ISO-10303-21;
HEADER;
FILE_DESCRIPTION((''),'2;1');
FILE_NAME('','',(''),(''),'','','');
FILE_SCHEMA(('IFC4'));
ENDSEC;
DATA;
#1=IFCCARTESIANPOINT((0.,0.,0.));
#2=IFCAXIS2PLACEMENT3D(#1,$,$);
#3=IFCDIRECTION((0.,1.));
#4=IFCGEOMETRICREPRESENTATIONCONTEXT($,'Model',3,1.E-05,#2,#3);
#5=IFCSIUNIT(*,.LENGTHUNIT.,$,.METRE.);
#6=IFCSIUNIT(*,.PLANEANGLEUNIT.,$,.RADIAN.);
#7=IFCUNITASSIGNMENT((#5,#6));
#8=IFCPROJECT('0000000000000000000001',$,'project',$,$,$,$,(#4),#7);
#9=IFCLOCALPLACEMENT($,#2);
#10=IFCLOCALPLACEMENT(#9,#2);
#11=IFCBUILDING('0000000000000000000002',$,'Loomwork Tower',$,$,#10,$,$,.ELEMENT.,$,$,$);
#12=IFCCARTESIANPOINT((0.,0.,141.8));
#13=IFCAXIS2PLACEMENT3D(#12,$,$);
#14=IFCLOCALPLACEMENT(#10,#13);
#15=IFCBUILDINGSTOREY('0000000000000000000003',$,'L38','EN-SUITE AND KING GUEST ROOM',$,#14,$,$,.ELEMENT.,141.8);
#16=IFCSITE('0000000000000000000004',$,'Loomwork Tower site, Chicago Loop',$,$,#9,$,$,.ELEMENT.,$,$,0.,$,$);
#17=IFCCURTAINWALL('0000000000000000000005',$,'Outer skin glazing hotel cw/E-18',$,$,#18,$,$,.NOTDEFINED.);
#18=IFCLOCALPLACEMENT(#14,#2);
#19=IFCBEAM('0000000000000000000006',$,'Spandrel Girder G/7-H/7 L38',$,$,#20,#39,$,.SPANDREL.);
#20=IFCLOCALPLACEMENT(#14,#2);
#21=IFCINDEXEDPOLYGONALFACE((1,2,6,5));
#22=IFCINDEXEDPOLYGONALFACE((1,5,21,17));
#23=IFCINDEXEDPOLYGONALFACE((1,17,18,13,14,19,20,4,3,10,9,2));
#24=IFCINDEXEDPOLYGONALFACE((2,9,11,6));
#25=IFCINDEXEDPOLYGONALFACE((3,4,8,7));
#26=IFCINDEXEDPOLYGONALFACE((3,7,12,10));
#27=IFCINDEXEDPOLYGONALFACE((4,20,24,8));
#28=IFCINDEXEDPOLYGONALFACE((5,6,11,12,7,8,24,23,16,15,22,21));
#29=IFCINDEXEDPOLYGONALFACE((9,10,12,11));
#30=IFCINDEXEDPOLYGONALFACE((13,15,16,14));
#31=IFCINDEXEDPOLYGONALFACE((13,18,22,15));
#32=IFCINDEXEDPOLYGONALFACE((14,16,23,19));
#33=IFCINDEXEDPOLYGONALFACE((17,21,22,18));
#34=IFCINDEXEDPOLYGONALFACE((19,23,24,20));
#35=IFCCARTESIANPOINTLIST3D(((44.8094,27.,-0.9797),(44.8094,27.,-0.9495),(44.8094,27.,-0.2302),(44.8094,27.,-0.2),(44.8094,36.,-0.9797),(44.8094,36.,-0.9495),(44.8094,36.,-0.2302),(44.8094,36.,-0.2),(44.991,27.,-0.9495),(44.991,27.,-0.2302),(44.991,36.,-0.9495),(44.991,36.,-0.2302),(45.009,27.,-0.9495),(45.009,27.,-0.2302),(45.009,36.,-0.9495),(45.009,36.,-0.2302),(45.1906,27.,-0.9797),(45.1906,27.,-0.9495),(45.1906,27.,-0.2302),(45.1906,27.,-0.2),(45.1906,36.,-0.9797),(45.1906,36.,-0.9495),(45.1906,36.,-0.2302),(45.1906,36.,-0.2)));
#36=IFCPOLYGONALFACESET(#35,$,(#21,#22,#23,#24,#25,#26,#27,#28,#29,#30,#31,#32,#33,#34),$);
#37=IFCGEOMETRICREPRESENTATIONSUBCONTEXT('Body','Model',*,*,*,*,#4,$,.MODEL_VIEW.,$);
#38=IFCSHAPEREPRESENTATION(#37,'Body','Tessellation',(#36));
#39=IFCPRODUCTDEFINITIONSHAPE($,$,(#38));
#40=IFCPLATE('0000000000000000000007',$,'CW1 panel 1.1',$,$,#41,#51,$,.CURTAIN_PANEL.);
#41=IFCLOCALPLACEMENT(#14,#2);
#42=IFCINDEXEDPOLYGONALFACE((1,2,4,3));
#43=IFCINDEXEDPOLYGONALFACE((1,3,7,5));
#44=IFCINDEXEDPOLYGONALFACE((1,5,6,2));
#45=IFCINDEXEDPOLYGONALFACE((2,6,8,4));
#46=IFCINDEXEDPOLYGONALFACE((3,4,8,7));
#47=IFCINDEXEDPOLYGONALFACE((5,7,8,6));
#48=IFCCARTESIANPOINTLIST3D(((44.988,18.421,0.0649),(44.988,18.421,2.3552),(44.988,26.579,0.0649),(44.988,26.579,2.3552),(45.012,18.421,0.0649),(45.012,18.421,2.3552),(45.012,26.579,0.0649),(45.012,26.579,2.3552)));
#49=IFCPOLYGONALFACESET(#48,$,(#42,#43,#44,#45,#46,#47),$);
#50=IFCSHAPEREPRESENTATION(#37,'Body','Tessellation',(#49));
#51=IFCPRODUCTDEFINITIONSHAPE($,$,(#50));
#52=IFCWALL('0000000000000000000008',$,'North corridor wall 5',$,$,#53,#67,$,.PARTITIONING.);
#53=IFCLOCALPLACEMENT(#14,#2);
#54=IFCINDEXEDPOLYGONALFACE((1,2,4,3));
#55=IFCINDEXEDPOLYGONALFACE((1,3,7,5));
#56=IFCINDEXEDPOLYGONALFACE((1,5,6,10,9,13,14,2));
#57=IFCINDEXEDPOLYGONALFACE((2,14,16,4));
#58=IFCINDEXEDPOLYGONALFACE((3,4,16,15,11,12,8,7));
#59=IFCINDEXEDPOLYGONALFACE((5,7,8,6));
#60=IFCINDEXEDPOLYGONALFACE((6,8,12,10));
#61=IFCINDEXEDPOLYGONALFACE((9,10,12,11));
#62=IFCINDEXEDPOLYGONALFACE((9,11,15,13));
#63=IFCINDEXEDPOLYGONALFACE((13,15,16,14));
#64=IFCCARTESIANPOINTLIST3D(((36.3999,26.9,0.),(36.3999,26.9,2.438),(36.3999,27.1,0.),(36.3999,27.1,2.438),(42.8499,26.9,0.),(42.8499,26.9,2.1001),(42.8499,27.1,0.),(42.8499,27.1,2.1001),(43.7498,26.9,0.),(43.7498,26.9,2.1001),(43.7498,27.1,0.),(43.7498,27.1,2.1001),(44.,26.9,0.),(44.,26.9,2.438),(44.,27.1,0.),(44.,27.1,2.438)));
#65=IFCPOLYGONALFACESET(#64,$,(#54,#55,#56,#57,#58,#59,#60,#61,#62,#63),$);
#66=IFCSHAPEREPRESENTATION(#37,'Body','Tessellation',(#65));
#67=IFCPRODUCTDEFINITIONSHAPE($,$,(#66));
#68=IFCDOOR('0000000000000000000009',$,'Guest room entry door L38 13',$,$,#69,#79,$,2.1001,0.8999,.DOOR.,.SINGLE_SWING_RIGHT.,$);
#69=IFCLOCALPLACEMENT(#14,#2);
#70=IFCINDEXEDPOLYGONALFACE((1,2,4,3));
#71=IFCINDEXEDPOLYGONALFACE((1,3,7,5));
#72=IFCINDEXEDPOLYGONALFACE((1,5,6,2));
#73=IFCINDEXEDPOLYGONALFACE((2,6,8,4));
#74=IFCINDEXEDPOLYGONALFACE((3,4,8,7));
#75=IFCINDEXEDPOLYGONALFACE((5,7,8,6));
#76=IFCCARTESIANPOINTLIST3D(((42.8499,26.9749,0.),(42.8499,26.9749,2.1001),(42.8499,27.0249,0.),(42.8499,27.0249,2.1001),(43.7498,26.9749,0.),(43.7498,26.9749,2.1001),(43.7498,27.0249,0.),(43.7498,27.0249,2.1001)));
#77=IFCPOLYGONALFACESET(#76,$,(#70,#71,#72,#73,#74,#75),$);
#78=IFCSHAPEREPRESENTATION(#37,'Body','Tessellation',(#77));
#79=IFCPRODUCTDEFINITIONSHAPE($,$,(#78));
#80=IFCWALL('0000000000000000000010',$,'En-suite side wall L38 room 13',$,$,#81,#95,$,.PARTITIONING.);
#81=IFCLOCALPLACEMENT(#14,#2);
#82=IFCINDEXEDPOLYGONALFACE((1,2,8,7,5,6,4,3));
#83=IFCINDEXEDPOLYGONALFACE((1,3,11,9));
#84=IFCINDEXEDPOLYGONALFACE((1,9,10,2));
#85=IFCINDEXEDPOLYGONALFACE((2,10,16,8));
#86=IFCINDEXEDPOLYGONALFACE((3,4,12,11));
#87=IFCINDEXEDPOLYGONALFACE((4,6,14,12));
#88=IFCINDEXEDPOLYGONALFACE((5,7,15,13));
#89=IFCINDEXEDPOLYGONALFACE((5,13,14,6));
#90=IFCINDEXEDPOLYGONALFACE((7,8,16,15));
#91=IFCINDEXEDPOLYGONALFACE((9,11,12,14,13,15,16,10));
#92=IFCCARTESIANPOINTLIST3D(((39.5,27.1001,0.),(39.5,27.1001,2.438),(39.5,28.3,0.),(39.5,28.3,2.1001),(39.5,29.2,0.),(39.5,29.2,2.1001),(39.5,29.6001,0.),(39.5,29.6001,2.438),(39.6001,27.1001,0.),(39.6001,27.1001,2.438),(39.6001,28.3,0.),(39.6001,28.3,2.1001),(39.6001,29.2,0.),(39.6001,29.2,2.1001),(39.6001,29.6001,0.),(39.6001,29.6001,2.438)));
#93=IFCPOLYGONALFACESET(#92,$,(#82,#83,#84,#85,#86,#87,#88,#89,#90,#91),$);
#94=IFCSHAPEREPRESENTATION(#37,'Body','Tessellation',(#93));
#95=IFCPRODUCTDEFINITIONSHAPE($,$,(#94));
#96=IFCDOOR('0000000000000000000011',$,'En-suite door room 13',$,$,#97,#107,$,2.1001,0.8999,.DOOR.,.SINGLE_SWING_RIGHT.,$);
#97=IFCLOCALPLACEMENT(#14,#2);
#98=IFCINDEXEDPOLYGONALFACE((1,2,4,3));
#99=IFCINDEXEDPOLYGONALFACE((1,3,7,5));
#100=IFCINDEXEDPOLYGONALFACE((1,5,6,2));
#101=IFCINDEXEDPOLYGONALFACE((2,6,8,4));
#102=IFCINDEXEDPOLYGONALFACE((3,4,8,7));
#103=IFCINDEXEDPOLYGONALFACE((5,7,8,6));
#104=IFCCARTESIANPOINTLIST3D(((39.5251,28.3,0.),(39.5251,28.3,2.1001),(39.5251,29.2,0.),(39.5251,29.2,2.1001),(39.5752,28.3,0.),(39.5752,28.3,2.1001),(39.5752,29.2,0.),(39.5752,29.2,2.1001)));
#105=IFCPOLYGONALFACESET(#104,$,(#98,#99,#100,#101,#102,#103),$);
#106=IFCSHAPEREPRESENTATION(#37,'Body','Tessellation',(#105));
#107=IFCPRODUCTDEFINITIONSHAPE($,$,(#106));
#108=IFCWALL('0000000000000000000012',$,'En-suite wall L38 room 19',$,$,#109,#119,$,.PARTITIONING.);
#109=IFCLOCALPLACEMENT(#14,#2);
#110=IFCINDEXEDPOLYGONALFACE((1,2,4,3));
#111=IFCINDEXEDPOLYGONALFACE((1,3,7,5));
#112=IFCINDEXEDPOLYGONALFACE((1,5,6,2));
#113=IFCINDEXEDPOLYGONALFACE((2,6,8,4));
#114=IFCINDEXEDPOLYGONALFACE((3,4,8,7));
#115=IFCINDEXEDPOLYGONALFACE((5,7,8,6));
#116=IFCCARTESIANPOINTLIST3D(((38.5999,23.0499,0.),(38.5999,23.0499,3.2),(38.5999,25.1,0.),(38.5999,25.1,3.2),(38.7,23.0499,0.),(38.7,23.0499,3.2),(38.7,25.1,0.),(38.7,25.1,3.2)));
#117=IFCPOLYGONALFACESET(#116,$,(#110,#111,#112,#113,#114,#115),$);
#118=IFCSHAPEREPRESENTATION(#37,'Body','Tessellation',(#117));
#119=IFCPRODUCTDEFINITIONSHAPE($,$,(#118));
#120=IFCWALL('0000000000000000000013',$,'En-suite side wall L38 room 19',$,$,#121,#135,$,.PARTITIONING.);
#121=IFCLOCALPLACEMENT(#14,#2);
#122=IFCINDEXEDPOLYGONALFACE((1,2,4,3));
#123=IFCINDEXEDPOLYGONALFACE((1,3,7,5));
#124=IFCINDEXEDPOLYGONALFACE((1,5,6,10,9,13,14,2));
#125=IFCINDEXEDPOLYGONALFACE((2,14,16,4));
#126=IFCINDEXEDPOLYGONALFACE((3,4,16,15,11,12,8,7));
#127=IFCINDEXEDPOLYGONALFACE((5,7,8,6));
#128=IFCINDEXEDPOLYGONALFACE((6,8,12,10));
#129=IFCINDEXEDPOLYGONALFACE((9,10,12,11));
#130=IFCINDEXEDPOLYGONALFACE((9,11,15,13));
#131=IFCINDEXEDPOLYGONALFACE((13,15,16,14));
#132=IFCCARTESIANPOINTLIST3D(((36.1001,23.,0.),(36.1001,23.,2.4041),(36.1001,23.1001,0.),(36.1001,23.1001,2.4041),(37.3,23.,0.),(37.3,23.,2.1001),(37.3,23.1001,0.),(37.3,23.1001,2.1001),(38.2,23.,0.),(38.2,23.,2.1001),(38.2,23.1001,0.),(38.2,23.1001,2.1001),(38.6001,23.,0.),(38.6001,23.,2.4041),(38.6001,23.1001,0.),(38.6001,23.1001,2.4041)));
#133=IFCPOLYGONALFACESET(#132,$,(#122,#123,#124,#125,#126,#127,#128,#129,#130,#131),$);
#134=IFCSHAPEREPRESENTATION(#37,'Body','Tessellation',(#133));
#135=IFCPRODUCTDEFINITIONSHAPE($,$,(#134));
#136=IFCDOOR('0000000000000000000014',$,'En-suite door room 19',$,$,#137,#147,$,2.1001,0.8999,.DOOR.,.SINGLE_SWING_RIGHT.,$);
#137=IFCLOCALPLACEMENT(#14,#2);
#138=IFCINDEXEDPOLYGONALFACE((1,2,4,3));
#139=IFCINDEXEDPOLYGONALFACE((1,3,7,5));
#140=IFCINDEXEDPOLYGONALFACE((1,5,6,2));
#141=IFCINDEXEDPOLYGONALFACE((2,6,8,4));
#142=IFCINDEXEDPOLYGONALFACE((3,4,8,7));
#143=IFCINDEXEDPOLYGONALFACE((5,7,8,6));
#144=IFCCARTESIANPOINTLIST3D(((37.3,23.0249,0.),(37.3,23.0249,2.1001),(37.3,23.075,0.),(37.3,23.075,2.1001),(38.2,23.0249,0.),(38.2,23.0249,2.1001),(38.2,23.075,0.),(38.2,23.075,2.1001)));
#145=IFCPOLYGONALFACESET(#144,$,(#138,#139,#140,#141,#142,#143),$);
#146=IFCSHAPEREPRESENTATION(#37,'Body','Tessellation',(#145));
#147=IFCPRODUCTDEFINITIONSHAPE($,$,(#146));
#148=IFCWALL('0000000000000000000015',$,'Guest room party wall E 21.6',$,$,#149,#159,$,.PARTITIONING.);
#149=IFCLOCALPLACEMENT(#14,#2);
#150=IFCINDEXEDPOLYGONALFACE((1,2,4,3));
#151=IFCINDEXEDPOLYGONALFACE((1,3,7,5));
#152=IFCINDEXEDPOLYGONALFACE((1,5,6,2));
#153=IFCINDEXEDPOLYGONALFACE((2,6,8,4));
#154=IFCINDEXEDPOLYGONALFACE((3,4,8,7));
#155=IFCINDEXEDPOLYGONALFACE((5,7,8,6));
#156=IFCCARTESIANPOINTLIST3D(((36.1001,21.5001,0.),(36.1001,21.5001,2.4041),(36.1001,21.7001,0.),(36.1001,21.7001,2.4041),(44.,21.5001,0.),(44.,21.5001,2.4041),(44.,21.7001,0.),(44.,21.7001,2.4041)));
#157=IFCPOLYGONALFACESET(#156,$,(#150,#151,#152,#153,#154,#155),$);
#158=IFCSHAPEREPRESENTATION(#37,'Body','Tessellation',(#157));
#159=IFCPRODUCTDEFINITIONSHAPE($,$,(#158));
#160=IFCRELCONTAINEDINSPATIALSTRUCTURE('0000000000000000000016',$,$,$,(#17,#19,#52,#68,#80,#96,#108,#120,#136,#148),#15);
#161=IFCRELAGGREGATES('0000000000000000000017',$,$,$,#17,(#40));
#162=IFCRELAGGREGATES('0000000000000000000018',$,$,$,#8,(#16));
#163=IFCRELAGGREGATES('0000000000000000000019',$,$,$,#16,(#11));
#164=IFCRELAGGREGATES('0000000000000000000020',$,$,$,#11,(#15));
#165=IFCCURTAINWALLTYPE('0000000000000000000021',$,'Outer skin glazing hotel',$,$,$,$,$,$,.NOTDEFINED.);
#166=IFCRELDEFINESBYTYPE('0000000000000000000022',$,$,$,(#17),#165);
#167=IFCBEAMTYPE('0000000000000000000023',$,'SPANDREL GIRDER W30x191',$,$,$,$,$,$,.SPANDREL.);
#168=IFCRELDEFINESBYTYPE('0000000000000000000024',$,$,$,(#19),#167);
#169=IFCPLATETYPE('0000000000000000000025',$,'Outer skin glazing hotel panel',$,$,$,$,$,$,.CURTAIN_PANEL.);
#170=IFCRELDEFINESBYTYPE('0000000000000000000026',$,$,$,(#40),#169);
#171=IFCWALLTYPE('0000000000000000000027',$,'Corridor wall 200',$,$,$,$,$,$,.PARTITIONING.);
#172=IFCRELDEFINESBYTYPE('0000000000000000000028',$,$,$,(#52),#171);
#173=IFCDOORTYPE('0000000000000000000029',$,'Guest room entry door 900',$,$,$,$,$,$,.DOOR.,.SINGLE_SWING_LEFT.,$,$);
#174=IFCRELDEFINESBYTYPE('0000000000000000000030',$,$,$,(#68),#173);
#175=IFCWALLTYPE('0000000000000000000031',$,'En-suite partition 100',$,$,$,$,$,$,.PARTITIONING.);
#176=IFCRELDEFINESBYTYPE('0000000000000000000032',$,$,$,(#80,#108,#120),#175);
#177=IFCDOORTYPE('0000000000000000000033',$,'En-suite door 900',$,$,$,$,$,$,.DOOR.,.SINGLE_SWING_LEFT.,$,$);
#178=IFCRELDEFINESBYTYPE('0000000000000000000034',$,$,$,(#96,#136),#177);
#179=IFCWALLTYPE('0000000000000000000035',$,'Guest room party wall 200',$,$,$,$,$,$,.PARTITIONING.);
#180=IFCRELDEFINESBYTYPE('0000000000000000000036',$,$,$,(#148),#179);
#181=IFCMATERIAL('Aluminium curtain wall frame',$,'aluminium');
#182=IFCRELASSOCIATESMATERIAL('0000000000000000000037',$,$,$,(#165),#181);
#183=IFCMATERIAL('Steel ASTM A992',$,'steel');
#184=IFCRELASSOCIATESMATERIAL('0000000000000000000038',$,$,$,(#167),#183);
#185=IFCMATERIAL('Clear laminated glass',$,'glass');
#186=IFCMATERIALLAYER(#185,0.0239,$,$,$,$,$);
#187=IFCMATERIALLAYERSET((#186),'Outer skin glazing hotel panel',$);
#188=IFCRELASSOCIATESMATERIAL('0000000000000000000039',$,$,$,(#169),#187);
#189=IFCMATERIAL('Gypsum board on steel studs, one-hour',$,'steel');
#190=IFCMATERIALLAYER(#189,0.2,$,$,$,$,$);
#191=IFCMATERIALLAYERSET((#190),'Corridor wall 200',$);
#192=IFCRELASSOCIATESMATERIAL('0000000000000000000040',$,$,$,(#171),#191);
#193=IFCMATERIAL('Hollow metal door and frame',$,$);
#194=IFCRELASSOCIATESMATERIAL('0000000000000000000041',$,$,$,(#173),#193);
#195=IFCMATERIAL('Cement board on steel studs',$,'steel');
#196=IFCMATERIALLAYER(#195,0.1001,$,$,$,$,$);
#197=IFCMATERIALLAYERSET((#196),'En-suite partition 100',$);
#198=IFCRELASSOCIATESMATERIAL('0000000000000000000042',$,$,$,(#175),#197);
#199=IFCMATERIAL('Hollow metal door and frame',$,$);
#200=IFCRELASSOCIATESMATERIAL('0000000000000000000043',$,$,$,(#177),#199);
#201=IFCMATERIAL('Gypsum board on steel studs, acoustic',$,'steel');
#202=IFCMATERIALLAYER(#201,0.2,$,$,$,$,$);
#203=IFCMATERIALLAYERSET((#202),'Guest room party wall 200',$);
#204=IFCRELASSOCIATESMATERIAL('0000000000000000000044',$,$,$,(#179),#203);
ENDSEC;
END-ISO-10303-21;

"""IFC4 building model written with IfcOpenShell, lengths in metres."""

from ifc_helpers import new_model, si_unit, direction, frame, frame_2d, origin, origin_2d, place, context, subcontext, project, spatial, rectangle, i_section, extrude, material, layer, layer_set, material_profile, profile_set, type_object, element, fill, aggregate, save


model = new_model("IFC4")

# Units and contexts
model_context = context("Model", 3, precision=1e-05, world=origin(), true_north=direction((0.0, 1.0)))
body_context = subcontext(model_context, "Body", "Model", "MODEL_VIEW")
ifc_project = project(units=[si_unit("LENGTHUNIT", "METRE"), si_unit("PLANEANGLEUNIT", "RADIAN")], contexts=[model_context])

# Site, building, storey
site_placement = place(None, origin())
site = spatial("IfcSite", under=ifc_project, at=site_placement, Name="Loomwork Tower site, Chicago Loop", CompositionType="ELEMENT", RefElevation=0.0)
building_placement = place(site_placement, origin())
building = spatial("IfcBuilding", under=site, at=building_placement, Name="Loomwork Tower", CompositionType="ELEMENT")
storey_placement = place(building_placement, frame((0.0, 0.0, 141.8)))
storey = spatial("IfcBuildingStorey", under=building, at=storey_placement, Name="L38", Description="EN-SUITE AND KING GUEST ROOM", CompositionType="ELEMENT", Elevation=141.8)

# Curtain wall
ifc_material_1 = material(Name="Aluminium curtain wall frame", Category="aluminium")
curtain_wall_type = type_object("IfcCurtainWallType", Name="Outer skin glazing hotel", PredefinedType="NOTDEFINED", material=ifc_material_1)
curtain_wall_1_placement = place(storey_placement, origin())
curtain_wall_1 = element("IfcCurtainWall", 1, at=curtain_wall_1_placement, inside=storey, type_object=curtain_wall_type, Name="Outer skin glazing hotel cw/E-18", PredefinedType="NOTDEFINED")

# Beam
ifc_material_2 = material(Name="Steel ASTM A992", Category="steel")
ifc_material_profile_1 = material_profile(ifc_material_2, i_section(OverallWidth=0.3811, OverallDepth=0.7798, WebThickness=0.0181, FlangeThickness=0.0303, at=origin_2d()), Name="W30x191")
ifc_profile_set_1 = profile_set([ifc_material_profile_1], Name="Steel ASTM A992")
beam_type_1 = type_object("IfcBeamType", Name="SPANDREL GIRDER W30x191", PredefinedType="SPANDREL", material=ifc_profile_set_1)
beam_1_placement = place(storey_placement, frame((45.0, 27.0, -0.5898), z_axis=(0.0, 1.0, 0.0), x_axis=(-1.0, 0.0, 0.0)))
element("IfcBeam", 2, at=beam_1_placement, inside=storey, type_object=beam_type_1, Name="Spandrel Girder G/7-H/7 L38", PredefinedType="SPANDREL", context=body_context, shape_type="SweptSolid", body=[
    extrude(i_section(OverallWidth=0.3811, OverallDepth=0.7798, WebThickness=0.0181, FlangeThickness=0.0303, at=origin_2d()), origin(), (0.0, 0.0, 1.0), 9.0),
])

# Plate
ifc_material_3 = material(Name="Clear laminated glass", Category="glass")
ifc_layer_1 = layer(ifc_material_3, 0.0239)
ifc_layer_set_1 = layer_set([ifc_layer_1], Name="Outer skin glazing hotel panel")
plate_type = type_object("IfcPlateType", Name="Outer skin glazing hotel panel", PredefinedType="CURTAIN_PANEL", material=ifc_layer_set_1)
plate_placement = place(storey_placement, frame((45.0, 22.5, 0.0649), z_axis=(0.0, 0.0, 1.0), x_axis=(0.0, 1.0, 0.0)))
plate = element("IfcPlate", 3, at=plate_placement, type_object=plate_type, Name="CW1 panel 1.1", PredefinedType="CURTAIN_PANEL", context=body_context, shape_type="SweptSolid", body=[
    extrude(rectangle(XDim=8.158, YDim=0.0239, at=origin_2d()), origin(), (0.0, 0.0, 1.0), 2.2903),
])
aggregate(curtain_wall_1, [plate])

# Walls, openings, doors
ifc_material_4 = material(Name="Gypsum board on steel studs, one-hour", Category="steel")
ifc_layer_2 = layer(ifc_material_4, 0.2)
ifc_layer_set_2 = layer_set([ifc_layer_2], Name="Corridor wall 200")
wall_type_1 = type_object("IfcWallType", Name="Corridor wall 200", PredefinedType="PARTITIONING", material=ifc_layer_set_2)
wall_1_placement = place(storey_placement, frame((36.3999, 27.0, 0.0), z_axis=(0.0, 0.0, 1.0), x_axis=(1.0, 0.0, 0.0)))
wall_1 = element("IfcWall", 4, at=wall_1_placement, inside=storey, type_object=wall_type_1, Name="North corridor wall 5", PredefinedType="PARTITIONING", context=body_context, shape_type="SweptSolid", body=[
    extrude(rectangle(XDim=7.6001, YDim=0.2, at=frame_2d((3.8, 0.0))), origin(), (0.0, 0.0, 1.0), 2.438),
])
opening_1_placement = place(wall_1_placement, frame((6.45, 0.0, 0.0)))
opening_1 = element("IfcOpeningElement", 5, at=opening_1_placement, cuts=wall_1, PredefinedType="OPENING", context=body_context, shape_type="SweptSolid", body=[
    extrude(rectangle(XDim=0.8999, YDim=2.1001, at=frame_2d((0.45, 1.05))), frame((0.0, 0.1099, 0.0), z_axis=(0.0, -1.0, 0.0), x_axis=(1.0, 0.0, 0.0)), (0.0, 0.0, 1.0), 0.22),
])
ifc_material_5 = material(Name="Hollow metal door and frame")
door_type_1 = type_object("IfcDoorType", Name="Guest room entry door 900", OperationType="SINGLE_SWING_LEFT", PredefinedType="DOOR", material=ifc_material_5)
door_1_placement = place(opening_1_placement, origin())
door_1 = element("IfcDoor", 6, at=door_1_placement, inside=storey, type_object=door_type_1, Name="Guest room entry door L38 13", OperationType="SINGLE_SWING_RIGHT", OverallHeight=2.1001, OverallWidth=0.8999, PredefinedType="DOOR", context=body_context, shape_type="SweptSolid", body=[
    extrude(rectangle(XDim=0.8999, YDim=2.1001, at=frame_2d((0.45, 1.05))), frame((0.0, 0.0249, 0.0), z_axis=(0.0, -1.0, 0.0), x_axis=(1.0, 0.0, 0.0)), (0.0, 0.0, 1.0), 0.05),
])
fill(opening_1, door_1)
ifc_material_6 = material(Name="Cement board on steel studs", Category="steel")
ifc_layer_3 = layer(ifc_material_6, 0.1001)
ifc_layer_set_3 = layer_set([ifc_layer_3], Name="En-suite partition 100")
wall_type_2 = type_object("IfcWallType", Name="En-suite partition 100", PredefinedType="PARTITIONING", material=ifc_layer_set_3)
wall_2_placement = place(storey_placement, frame((39.55, 27.1001, 0.0), z_axis=(0.0, 0.0, 1.0), x_axis=(0.0, 1.0, 0.0)))
wall_2 = element("IfcWall", 7, at=wall_2_placement, inside=storey, type_object=wall_type_2, Name="En-suite side wall L38 room 13", PredefinedType="PARTITIONING", context=body_context, shape_type="SweptSolid", body=[
    extrude(rectangle(XDim=2.5, YDim=0.1001, at=frame_2d((1.25, 0.0))), origin(), (0.0, 0.0, 1.0), 2.438),
])
opening_2_placement = place(wall_2_placement, frame((1.2, 0.0, 0.0)))
opening_2 = element("IfcOpeningElement", 8, at=opening_2_placement, cuts=wall_2, PredefinedType="OPENING", context=body_context, shape_type="SweptSolid", body=[
    extrude(rectangle(XDim=0.8999, YDim=2.1001, at=frame_2d((0.45, 1.05))), frame((0.0, 0.0601, 0.0), z_axis=(0.0, -1.0, 0.0), x_axis=(1.0, 0.0, 0.0)), (0.0, 0.0, 1.0), 0.1201),
])
ifc_material_7 = material(Name="Hollow metal door and frame")
door_type_2 = type_object("IfcDoorType", Name="En-suite door 900", OperationType="SINGLE_SWING_LEFT", PredefinedType="DOOR", material=ifc_material_7)
door_2_placement = place(opening_2_placement, origin())
door_2 = element("IfcDoor", 9, at=door_2_placement, inside=storey, type_object=door_type_2, Name="En-suite door room 13", OperationType="SINGLE_SWING_RIGHT", OverallHeight=2.1001, OverallWidth=0.8999, PredefinedType="DOOR", context=body_context, shape_type="SweptSolid", body=[
    extrude(rectangle(XDim=0.8999, YDim=2.1001, at=frame_2d((0.45, 1.05))), frame((0.0, 0.0249, 0.0), z_axis=(0.0, -1.0, 0.0), x_axis=(1.0, 0.0, 0.0)), (0.0, 0.0, 1.0), 0.05),
])
fill(opening_2, door_2)

# Wall
wall_3_placement = place(storey_placement, frame((38.6499, 23.05, 0.0), z_axis=(0.0, 0.0, 1.0), x_axis=(0.0, 1.0, 0.0)))
element("IfcWall", 10, at=wall_3_placement, inside=storey, type_object=wall_type_2, Name="En-suite wall L38 room 19", PredefinedType="PARTITIONING", context=body_context, shape_type="SweptSolid", body=[
    extrude(rectangle(XDim=2.05, YDim=0.1001, at=frame_2d((1.0249, 0.0))), origin(), (0.0, 0.0, 1.0), 3.2),
])

# Wall, opening, door
wall_4_placement = place(storey_placement, frame((36.1001, 23.05, 0.0), z_axis=(0.0, 0.0, 1.0), x_axis=(1.0, 0.0, 0.0)))
wall_4 = element("IfcWall", 11, at=wall_4_placement, inside=storey, type_object=wall_type_2, Name="En-suite side wall L38 room 19", PredefinedType="PARTITIONING", context=body_context, shape_type="SweptSolid", body=[
    extrude(rectangle(XDim=2.5, YDim=0.1001, at=frame_2d((1.25, 0.0))), origin(), (0.0, 0.0, 1.0), 2.4041),
])
opening_3_placement = place(wall_4_placement, frame((1.2, 0.0, 0.0)))
opening_3 = element("IfcOpeningElement", 12, at=opening_3_placement, cuts=wall_4, PredefinedType="OPENING", context=body_context, shape_type="SweptSolid", body=[
    extrude(rectangle(XDim=0.8999, YDim=2.1001, at=frame_2d((0.45, 1.05))), frame((0.0, 0.0601, 0.0), z_axis=(0.0, -1.0, 0.0), x_axis=(1.0, 0.0, 0.0)), (0.0, 0.0, 1.0), 0.1201),
])
door_3_placement = place(opening_3_placement, origin())
door_3 = element("IfcDoor", 13, at=door_3_placement, inside=storey, type_object=door_type_2, Name="En-suite door room 19", OperationType="SINGLE_SWING_RIGHT", OverallHeight=2.1001, OverallWidth=0.8999, PredefinedType="DOOR", context=body_context, shape_type="SweptSolid", body=[
    extrude(rectangle(XDim=0.8999, YDim=2.1001, at=frame_2d((0.45, 1.05))), frame((0.0, 0.0249, 0.0), z_axis=(0.0, -1.0, 0.0), x_axis=(1.0, 0.0, 0.0)), (0.0, 0.0, 1.0), 0.05),
])
fill(opening_3, door_3)

# Wall
ifc_material_8 = material(Name="Gypsum board on steel studs, acoustic", Category="steel")
ifc_layer_4 = layer(ifc_material_8, 0.2)
ifc_layer_set_4 = layer_set([ifc_layer_4], Name="Guest room party wall 200")
wall_type_3 = type_object("IfcWallType", Name="Guest room party wall 200", PredefinedType="PARTITIONING", material=ifc_layer_set_4)
wall_5_placement = place(storey_placement, frame((36.1001, 21.6001, 0.0), z_axis=(0.0, 0.0, 1.0), x_axis=(1.0, 0.0, 0.0)))
element("IfcWall", 14, at=wall_5_placement, inside=storey, type_object=wall_type_3, Name="Guest room party wall E 21.6", PredefinedType="PARTITIONING", context=body_context, shape_type="SweptSolid", body=[
    extrude(rectangle(XDim=7.8999, YDim=0.2, at=frame_2d((3.95, 0.0))), origin(), (0.0, 0.0, 1.0), 2.4041),
])

save(model, "model.ifc")
